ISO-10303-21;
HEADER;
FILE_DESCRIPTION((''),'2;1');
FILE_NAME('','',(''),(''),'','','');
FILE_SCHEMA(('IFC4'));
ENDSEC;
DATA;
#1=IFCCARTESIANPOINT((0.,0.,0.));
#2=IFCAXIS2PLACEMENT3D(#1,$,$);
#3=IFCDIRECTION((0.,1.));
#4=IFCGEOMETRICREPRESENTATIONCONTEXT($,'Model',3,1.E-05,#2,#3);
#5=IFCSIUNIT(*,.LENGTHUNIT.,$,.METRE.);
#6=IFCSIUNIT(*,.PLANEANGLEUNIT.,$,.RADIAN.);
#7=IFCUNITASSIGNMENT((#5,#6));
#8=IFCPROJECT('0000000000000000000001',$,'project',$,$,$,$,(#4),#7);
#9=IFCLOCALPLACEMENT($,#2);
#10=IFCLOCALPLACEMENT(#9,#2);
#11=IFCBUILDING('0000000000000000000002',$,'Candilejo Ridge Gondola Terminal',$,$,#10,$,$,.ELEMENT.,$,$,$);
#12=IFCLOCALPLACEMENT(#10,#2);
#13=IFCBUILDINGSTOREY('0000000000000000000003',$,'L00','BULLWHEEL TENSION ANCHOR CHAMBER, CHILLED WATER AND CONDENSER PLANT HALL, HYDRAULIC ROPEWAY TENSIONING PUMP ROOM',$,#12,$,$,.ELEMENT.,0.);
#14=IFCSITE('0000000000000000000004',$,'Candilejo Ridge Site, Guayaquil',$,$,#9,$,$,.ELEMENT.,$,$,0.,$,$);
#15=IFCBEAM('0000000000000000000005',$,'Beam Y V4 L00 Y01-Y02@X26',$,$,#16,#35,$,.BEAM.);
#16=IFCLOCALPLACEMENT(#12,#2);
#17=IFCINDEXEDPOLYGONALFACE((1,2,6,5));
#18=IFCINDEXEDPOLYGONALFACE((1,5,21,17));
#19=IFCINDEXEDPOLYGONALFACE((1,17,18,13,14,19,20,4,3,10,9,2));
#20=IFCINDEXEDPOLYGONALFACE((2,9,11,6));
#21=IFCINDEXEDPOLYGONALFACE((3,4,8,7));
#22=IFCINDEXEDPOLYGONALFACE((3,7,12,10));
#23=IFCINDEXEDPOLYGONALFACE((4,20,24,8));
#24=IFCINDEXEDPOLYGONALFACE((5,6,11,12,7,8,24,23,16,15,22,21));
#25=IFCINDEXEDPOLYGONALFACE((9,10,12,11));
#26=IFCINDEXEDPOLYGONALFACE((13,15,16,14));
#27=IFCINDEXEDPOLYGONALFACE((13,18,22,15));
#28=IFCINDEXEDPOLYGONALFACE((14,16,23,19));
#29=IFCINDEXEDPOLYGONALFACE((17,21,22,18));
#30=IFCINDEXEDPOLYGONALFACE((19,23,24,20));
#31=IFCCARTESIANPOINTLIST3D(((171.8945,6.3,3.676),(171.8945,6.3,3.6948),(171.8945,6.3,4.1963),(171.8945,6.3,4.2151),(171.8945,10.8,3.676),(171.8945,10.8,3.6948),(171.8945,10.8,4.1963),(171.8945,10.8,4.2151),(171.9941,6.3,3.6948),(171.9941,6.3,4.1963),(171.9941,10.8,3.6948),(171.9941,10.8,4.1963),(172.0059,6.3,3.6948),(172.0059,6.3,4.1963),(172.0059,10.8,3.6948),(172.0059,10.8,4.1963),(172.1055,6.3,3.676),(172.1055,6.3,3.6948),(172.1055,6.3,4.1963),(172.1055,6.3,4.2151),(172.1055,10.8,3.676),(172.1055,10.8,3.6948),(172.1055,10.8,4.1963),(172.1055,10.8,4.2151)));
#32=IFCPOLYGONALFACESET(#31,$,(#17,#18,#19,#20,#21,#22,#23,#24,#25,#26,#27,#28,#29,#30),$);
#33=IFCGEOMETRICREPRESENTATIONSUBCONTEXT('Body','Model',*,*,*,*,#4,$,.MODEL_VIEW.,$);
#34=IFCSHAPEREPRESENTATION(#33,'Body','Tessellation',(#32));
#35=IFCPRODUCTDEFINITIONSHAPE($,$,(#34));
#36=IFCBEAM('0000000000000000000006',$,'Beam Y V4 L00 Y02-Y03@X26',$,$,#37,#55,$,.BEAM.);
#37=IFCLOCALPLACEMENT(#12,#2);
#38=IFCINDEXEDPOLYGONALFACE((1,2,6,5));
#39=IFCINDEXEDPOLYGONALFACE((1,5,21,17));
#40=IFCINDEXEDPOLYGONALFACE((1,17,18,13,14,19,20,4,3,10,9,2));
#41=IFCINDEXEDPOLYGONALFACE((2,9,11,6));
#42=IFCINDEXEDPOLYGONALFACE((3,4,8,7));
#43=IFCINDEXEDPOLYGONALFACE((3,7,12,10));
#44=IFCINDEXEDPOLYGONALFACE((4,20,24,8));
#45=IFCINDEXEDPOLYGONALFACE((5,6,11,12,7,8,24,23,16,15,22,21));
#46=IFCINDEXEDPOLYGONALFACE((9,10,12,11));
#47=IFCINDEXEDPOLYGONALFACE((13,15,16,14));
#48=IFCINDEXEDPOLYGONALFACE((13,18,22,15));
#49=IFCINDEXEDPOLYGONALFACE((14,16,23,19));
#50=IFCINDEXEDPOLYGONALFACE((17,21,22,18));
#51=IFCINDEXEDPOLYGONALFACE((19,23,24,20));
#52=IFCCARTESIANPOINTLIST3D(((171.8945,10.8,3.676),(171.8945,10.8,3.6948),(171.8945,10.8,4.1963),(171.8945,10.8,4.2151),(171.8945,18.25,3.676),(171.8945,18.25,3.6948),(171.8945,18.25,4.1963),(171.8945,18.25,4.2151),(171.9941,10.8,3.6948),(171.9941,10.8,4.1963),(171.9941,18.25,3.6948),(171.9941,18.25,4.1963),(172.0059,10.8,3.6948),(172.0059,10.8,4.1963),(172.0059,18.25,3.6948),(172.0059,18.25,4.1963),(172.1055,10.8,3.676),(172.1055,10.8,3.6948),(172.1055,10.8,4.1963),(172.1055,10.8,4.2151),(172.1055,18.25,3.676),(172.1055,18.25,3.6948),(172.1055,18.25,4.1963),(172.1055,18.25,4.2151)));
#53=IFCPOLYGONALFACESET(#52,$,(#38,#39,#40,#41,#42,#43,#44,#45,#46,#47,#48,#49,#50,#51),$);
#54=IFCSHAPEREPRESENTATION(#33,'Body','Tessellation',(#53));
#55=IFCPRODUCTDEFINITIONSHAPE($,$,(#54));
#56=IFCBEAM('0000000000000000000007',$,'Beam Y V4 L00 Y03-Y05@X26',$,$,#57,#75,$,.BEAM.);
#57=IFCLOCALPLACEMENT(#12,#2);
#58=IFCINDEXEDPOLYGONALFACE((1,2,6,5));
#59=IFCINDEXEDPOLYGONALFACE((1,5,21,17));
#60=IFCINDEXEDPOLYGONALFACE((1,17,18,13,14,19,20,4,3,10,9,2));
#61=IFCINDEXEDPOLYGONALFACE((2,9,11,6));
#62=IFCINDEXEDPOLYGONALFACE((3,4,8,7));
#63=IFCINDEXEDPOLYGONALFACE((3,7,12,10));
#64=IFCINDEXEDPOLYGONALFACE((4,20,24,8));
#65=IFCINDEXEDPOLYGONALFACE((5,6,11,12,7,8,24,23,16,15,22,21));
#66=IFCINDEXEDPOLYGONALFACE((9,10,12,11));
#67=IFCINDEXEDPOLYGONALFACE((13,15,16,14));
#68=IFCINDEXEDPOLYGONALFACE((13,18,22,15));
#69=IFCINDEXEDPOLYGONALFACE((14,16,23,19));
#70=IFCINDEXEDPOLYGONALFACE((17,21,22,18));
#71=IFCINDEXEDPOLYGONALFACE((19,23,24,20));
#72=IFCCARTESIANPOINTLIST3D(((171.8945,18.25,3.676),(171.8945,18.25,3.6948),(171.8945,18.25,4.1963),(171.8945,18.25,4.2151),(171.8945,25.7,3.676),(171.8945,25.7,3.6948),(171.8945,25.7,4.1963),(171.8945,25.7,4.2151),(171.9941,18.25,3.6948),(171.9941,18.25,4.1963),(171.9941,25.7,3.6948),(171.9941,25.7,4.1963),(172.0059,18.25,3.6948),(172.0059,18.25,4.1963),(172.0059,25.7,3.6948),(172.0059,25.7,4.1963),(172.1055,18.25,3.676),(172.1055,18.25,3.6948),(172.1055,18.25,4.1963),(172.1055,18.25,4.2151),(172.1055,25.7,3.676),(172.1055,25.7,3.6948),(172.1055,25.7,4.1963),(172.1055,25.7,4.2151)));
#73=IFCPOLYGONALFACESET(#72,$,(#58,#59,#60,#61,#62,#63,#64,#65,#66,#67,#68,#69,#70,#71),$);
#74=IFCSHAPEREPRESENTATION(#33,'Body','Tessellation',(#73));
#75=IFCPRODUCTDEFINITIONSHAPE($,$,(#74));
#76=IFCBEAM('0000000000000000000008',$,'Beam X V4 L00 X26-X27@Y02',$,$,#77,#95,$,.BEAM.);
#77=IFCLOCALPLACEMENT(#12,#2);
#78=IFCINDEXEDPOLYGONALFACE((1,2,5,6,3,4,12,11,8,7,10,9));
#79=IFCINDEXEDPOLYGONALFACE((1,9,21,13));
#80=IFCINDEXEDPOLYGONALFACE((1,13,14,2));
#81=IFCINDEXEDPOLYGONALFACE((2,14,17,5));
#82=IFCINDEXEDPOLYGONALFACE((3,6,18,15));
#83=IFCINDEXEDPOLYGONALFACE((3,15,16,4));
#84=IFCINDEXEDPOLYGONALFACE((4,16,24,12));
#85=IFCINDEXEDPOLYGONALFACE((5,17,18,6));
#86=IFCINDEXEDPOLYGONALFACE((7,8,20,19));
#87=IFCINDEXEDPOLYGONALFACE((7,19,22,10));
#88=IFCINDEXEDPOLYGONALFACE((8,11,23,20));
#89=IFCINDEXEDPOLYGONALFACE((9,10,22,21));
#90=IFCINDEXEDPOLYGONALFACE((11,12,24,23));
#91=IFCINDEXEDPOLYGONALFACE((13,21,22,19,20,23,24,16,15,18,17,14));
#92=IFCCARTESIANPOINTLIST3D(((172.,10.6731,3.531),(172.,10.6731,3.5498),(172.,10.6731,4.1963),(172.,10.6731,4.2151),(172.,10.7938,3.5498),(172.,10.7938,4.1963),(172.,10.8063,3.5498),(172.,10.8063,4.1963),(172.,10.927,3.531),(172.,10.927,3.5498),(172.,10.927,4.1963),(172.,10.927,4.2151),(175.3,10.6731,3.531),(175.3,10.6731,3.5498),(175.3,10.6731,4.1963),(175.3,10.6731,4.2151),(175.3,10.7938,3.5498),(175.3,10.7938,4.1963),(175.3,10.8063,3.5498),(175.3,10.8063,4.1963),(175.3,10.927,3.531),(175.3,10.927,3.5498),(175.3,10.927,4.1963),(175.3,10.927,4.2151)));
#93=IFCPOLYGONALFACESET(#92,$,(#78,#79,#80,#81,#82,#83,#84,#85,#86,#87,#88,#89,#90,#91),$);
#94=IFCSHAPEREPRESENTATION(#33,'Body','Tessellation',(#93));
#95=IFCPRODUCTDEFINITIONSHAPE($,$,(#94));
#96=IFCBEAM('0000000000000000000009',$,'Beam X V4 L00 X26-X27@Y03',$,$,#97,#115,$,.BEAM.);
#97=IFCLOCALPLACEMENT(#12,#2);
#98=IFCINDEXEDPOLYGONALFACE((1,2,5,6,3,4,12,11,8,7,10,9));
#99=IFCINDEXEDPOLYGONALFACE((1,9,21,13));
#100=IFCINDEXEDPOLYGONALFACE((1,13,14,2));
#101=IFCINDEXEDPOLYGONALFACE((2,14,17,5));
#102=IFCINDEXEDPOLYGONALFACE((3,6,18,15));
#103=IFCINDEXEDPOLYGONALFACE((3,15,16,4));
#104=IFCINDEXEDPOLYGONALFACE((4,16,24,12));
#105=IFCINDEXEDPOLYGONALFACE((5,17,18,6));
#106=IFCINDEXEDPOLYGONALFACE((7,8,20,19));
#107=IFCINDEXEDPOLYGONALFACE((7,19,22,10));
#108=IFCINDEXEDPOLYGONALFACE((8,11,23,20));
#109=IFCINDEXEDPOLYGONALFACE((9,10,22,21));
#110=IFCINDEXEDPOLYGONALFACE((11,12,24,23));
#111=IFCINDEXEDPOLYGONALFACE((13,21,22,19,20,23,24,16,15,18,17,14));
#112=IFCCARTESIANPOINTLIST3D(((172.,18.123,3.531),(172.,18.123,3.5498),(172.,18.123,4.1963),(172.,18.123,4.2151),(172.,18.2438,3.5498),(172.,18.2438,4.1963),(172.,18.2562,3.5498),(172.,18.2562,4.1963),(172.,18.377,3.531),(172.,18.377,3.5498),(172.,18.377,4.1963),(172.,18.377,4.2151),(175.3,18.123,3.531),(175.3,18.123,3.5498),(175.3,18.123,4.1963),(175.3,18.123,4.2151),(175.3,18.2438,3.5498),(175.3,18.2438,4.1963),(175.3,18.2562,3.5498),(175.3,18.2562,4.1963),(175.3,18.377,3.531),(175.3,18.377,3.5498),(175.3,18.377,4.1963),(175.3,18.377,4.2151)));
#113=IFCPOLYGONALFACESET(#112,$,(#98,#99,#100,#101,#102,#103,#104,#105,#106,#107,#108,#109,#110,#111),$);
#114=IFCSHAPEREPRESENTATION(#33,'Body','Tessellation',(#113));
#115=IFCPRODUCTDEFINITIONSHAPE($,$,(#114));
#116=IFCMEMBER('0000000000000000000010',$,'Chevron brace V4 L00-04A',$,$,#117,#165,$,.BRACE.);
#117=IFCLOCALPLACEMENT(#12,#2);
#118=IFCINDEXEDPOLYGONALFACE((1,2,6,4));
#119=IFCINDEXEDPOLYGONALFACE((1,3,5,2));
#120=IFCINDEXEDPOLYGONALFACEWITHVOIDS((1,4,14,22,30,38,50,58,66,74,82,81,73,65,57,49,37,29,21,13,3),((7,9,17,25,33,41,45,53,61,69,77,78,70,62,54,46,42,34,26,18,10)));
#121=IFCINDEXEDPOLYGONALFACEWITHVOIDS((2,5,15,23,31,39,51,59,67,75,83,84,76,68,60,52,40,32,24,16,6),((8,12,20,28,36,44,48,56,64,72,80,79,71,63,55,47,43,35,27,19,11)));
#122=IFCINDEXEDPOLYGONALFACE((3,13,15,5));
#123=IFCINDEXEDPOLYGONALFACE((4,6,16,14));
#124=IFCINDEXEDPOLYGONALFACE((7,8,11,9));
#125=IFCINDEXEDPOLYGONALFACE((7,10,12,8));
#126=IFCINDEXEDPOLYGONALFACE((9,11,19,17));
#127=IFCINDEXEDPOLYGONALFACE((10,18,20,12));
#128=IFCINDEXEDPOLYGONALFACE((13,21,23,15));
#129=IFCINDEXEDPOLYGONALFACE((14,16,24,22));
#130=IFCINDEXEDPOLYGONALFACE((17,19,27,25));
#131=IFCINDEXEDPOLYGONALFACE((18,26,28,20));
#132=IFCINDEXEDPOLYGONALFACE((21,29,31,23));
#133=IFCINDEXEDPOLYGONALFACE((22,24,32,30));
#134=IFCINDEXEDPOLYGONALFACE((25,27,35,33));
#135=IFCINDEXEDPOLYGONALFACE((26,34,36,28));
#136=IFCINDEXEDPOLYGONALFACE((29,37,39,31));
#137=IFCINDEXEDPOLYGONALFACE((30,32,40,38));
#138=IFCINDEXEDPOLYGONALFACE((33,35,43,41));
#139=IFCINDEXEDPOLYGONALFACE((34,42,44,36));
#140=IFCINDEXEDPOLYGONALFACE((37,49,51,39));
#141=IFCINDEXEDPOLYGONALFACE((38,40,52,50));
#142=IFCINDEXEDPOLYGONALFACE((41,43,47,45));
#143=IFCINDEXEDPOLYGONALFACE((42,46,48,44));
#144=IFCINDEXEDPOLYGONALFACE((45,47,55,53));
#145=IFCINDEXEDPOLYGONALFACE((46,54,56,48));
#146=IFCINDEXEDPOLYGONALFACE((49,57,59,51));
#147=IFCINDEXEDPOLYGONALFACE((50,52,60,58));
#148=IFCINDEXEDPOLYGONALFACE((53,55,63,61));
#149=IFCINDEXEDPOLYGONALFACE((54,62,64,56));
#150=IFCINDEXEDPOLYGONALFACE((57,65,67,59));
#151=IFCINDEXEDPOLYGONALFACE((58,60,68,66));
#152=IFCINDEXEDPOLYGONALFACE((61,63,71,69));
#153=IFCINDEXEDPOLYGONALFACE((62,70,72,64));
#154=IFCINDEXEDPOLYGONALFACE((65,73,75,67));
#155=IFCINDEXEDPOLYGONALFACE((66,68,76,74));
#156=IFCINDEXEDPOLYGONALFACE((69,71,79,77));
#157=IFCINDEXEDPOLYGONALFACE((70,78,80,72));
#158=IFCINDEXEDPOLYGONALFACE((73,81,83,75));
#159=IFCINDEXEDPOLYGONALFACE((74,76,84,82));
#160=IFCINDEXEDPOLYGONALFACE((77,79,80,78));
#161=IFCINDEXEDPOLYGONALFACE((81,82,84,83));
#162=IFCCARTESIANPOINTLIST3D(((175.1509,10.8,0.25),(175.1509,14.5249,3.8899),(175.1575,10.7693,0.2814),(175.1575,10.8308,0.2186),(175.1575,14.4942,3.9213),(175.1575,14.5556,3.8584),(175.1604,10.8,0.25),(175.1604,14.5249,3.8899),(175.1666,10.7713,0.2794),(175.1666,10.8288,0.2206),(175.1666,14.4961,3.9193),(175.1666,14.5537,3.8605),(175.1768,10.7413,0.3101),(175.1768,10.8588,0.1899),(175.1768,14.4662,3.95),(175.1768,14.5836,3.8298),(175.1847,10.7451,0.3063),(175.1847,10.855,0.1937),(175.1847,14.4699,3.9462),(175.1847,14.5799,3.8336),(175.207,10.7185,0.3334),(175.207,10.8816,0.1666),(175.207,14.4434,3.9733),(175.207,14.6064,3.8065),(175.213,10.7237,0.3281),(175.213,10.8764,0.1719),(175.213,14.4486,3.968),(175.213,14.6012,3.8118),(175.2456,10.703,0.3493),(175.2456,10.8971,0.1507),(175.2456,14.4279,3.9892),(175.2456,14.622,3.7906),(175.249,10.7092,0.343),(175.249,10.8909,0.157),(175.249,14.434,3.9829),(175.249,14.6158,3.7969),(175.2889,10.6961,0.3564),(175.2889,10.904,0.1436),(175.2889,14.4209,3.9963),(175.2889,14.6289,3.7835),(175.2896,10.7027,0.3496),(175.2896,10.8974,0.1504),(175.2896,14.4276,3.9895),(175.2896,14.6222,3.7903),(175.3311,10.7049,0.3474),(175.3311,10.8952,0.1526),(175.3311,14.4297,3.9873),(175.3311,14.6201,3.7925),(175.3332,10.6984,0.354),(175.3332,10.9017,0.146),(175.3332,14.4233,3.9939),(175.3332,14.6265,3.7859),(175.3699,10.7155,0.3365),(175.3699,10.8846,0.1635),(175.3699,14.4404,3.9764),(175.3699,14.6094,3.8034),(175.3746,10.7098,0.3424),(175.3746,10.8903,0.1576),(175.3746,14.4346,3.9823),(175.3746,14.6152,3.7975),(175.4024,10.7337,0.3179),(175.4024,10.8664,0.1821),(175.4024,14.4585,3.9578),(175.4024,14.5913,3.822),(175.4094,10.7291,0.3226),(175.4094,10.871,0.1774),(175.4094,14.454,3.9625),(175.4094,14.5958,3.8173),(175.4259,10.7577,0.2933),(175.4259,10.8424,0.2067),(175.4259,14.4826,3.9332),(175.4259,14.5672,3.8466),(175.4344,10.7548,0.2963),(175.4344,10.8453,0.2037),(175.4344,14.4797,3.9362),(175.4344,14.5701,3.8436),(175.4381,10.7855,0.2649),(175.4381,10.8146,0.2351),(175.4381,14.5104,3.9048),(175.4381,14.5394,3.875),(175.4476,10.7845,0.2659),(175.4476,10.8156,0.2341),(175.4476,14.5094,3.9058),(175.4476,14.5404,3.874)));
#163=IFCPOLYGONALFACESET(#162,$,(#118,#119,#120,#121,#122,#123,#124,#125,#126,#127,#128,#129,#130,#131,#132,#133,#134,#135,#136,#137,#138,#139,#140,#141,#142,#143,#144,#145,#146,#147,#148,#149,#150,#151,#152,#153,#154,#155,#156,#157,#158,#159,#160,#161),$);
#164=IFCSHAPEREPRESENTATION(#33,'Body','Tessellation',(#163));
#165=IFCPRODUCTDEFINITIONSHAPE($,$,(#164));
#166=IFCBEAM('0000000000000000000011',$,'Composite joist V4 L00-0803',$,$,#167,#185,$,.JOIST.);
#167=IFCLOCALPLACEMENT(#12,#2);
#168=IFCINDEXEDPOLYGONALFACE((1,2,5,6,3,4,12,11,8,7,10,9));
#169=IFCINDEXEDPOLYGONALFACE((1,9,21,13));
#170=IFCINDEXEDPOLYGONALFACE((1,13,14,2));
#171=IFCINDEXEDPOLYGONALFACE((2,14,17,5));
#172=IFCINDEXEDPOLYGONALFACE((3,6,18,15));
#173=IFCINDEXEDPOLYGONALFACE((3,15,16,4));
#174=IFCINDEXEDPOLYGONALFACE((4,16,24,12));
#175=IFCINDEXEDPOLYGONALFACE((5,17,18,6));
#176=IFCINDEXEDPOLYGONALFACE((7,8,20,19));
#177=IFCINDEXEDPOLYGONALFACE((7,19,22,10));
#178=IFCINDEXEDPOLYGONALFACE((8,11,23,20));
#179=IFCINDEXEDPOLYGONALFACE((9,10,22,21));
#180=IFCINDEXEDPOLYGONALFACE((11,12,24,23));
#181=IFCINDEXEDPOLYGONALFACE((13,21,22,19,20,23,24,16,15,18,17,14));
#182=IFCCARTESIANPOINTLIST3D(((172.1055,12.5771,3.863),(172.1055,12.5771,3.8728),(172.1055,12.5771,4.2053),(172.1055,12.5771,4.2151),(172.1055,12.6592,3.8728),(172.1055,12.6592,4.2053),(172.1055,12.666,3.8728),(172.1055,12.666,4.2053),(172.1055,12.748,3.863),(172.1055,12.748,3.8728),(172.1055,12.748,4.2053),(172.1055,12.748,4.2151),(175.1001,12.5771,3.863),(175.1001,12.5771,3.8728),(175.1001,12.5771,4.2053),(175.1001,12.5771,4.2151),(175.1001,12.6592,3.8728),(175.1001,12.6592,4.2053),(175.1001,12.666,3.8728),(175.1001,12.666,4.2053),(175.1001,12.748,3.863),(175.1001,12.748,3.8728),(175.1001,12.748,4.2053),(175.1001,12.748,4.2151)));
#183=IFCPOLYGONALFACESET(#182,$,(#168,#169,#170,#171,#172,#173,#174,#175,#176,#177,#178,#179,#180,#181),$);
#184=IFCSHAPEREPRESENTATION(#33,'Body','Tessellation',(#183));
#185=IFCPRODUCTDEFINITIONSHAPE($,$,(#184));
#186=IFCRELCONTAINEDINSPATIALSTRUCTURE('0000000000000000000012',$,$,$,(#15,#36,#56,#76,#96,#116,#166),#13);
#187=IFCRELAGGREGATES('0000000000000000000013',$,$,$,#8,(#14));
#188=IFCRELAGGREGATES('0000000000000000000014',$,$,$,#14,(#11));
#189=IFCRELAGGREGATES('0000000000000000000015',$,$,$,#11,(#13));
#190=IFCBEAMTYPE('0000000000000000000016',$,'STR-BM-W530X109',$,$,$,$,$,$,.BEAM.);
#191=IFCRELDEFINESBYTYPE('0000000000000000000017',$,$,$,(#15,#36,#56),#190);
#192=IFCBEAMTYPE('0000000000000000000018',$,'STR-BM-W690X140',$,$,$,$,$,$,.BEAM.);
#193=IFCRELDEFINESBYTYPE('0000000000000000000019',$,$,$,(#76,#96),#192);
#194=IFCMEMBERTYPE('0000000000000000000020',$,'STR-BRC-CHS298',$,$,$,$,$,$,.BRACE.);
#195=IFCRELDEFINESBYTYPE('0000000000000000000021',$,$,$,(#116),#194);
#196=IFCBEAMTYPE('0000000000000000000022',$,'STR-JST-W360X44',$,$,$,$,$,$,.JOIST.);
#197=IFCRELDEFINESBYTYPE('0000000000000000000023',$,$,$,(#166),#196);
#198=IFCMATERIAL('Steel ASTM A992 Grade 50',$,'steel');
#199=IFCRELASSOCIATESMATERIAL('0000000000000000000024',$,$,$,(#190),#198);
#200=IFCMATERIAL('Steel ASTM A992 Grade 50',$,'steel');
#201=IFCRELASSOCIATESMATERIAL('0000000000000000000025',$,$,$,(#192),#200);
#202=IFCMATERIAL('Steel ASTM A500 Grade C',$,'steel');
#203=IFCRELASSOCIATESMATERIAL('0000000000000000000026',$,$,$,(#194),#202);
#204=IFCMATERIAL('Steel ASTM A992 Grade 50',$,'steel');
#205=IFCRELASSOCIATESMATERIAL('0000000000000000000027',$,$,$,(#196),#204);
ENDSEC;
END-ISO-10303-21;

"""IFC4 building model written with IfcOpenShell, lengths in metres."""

from ifc_helpers import new_model, si_unit, direction, frame, origin, origin_2d, place, context, subcontext, project, spatial, hollow_circle, i_section, extrude, material, material_profile, profile_set, type_object, element, save


model = new_model("IFC4")

# Units and contexts
model_context = context("Model", 3, precision=1e-05, world=origin(), true_north=direction((0.0, 1.0)))
body_context = subcontext(model_context, "Body", "Model", "MODEL_VIEW")
ifc_project = project(units=[si_unit("LENGTHUNIT", "METRE"), si_unit("PLANEANGLEUNIT", "RADIAN")], contexts=[model_context])

# Site, building, storey
site_placement = place(None, origin())
site = spatial("IfcSite", under=ifc_project, at=site_placement, Name="Candilejo Ridge Site, Guayaquil", CompositionType="ELEMENT", RefElevation=0.0)
building_placement = place(site_placement, origin())
building = spatial("IfcBuilding", under=site, at=building_placement, Name="Candilejo Ridge Gondola Terminal", CompositionType="ELEMENT")
storey_placement = place(building_placement, origin())
storey = spatial("IfcBuildingStorey", under=building, at=storey_placement, Name="L00", Description="BULLWHEEL TENSION ANCHOR CHAMBER, CHILLED WATER AND CONDENSER PLANT HALL, HYDRAULIC ROPEWAY TENSIONING PUMP ROOM", CompositionType="ELEMENT", Elevation=0.0)

# Beams
ifc_material_1 = material(Name="Steel ASTM A992 Grade 50", Category="steel")
ifc_material_profile_1 = material_profile(ifc_material_1, i_section(OverallWidth=0.2109, OverallDepth=0.5391, WebThickness=0.0117, FlangeThickness=0.0188, at=origin_2d()))
ifc_profile_set_1 = profile_set([ifc_material_profile_1], Name="Steel ASTM A992 Grade 50")
beam_type_1 = type_object("IfcBeamType", Name="STR-BM-W530X109", PredefinedType="BEAM", material=ifc_profile_set_1)
beam_1_placement = place(storey_placement, frame((172.0, 6.3, 3.9456), z_axis=(0.0, 1.0, 0.0), x_axis=(-1.0, 0.0, 0.0)))
element("IfcBeam", 1, at=beam_1_placement, inside=storey, type_object=beam_type_1, Name="Beam Y V4 L00 Y01-Y02@X26", PredefinedType="BEAM", context=body_context, shape_type="SweptSolid", body=[
    extrude(i_section(OverallWidth=0.2109, OverallDepth=0.5391, WebThickness=0.0117, FlangeThickness=0.0188, at=origin_2d()), origin(), (0.0, 0.0, 1.0), 4.5),
])
for number, where, z_axis, x_axis, name in (
    (2, (172.0, 10.8, 3.9456), (0.0, 1.0, 0.0), (-1.0, 0.0, 0.0), "Beam Y V4 L00 Y02-Y03@X26"),
    (3, (172.0, 18.25, 3.9456), (0.0, 1.0, 0.0), (-1.0, 0.0, 0.0), "Beam Y V4 L00 Y03-Y05@X26"),
):
    element("IfcBeam", number, at=place(storey_placement, frame(where, z_axis=z_axis, x_axis=x_axis)), inside=storey, type_object=beam_type_1, Name=name, PredefinedType="BEAM", context=body_context, shape_type="SweptSolid", body=[
        extrude(i_section(OverallWidth=0.2109, OverallDepth=0.5391, WebThickness=0.0117, FlangeThickness=0.0188, at=origin_2d()), origin(), (0.0, 0.0, 1.0), 7.45),
    ])
ifc_material_2 = material(Name="Steel ASTM A992 Grade 50", Category="steel")
ifc_material_profile_2 = material_profile(ifc_material_2, i_section(OverallWidth=0.2539, OverallDepth=0.6841, WebThickness=0.0125, FlangeThickness=0.0188, at=origin_2d()))
ifc_profile_set_2 = profile_set([ifc_material_profile_2], Name="Steel ASTM A992 Grade 50")
beam_type_2 = type_object("IfcBeamType", Name="STR-BM-W690X140", PredefinedType="BEAM", material=ifc_profile_set_2)
for number, where, z_axis, x_axis, name in (
    (4, (172.0, 10.8, 3.873), (1.0, 0.0, 0.0), (0.0, 1.0, 0.0), "Beam X V4 L00 X26-X27@Y02"),
    (5, (172.0, 18.25, 3.873), (1.0, 0.0, 0.0), (0.0, 1.0, 0.0), "Beam X V4 L00 X26-X27@Y03"),
):
    element("IfcBeam", number, at=place(storey_placement, frame(where, z_axis=z_axis, x_axis=x_axis)), inside=storey, type_object=beam_type_2, Name=name, PredefinedType="BEAM", context=body_context, shape_type="SweptSolid", body=[
        extrude(i_section(OverallWidth=0.2539, OverallDepth=0.6841, WebThickness=0.0125, FlangeThickness=0.0188, at=origin_2d()), origin(), (0.0, 0.0, 1.0), 3.3),
    ])

# Member
ifc_material_3 = material(Name="Steel ASTM A500 Grade C", Category="steel")
ifc_material_profile_3 = material_profile(ifc_material_3, hollow_circle(Radius=0.1492, WallThickness=0.0095, at=origin_2d()))
ifc_profile_set_3 = profile_set([ifc_material_profile_3], Name="Steel ASTM A500 Grade C")
member_type = type_object("IfcMemberType", Name="STR-BRC-CHS298", PredefinedType="BRACE", material=ifc_profile_set_3)
member_placement = place(storey_placement, frame((175.3, 10.8, 0.25), z_axis=(0.0, 0.715216, 0.698903), x_axis=(-1.0, 0.0, 0.0)))
element("IfcMember", 6, at=member_placement, inside=storey, type_object=member_type, Name="Chevron brace V4 L00-04A", PredefinedType="BRACE", context=body_context, shape_type="SweptSolid", body=[
    extrude(hollow_circle(Radius=0.1492, WallThickness=0.0095, at=origin_2d()), origin(), (0.0, 0.0, 1.0), 5.208),
])

# Beam
ifc_material_4 = material(Name="Steel ASTM A992 Grade 50", Category="steel")
ifc_material_profile_4 = material_profile(ifc_material_4, i_section(OverallWidth=0.1709, OverallDepth=0.3521, WebThickness=0.0068, FlangeThickness=0.0098, at=origin_2d()))
ifc_profile_set_4 = profile_set([ifc_material_profile_4], Name="Steel ASTM A992 Grade 50")
beam_type_3 = type_object("IfcBeamType", Name="STR-JST-W360X44", PredefinedType="JOIST", material=ifc_profile_set_4)
for number, where, z_axis, x_axis, name in (
    (7, (172.1055, 12.6626, 4.0391), (1.0, 0.0, 0.0), (0.0, 1.0, 0.0), "Composite joist V4 L00-0803"),
):
    element("IfcBeam", number, at=place(storey_placement, frame(where, z_axis=z_axis, x_axis=x_axis)), inside=storey, type_object=beam_type_3, Name=name, PredefinedType="JOIST", context=body_context, shape_type="SweptSolid", body=[
        extrude(i_section(OverallWidth=0.1709, OverallDepth=0.3521, WebThickness=0.0068, FlangeThickness=0.0098, at=origin_2d()), origin(), (0.0, 0.0, 1.0), 2.9946),
    ])

save(model, "model.ifc")
